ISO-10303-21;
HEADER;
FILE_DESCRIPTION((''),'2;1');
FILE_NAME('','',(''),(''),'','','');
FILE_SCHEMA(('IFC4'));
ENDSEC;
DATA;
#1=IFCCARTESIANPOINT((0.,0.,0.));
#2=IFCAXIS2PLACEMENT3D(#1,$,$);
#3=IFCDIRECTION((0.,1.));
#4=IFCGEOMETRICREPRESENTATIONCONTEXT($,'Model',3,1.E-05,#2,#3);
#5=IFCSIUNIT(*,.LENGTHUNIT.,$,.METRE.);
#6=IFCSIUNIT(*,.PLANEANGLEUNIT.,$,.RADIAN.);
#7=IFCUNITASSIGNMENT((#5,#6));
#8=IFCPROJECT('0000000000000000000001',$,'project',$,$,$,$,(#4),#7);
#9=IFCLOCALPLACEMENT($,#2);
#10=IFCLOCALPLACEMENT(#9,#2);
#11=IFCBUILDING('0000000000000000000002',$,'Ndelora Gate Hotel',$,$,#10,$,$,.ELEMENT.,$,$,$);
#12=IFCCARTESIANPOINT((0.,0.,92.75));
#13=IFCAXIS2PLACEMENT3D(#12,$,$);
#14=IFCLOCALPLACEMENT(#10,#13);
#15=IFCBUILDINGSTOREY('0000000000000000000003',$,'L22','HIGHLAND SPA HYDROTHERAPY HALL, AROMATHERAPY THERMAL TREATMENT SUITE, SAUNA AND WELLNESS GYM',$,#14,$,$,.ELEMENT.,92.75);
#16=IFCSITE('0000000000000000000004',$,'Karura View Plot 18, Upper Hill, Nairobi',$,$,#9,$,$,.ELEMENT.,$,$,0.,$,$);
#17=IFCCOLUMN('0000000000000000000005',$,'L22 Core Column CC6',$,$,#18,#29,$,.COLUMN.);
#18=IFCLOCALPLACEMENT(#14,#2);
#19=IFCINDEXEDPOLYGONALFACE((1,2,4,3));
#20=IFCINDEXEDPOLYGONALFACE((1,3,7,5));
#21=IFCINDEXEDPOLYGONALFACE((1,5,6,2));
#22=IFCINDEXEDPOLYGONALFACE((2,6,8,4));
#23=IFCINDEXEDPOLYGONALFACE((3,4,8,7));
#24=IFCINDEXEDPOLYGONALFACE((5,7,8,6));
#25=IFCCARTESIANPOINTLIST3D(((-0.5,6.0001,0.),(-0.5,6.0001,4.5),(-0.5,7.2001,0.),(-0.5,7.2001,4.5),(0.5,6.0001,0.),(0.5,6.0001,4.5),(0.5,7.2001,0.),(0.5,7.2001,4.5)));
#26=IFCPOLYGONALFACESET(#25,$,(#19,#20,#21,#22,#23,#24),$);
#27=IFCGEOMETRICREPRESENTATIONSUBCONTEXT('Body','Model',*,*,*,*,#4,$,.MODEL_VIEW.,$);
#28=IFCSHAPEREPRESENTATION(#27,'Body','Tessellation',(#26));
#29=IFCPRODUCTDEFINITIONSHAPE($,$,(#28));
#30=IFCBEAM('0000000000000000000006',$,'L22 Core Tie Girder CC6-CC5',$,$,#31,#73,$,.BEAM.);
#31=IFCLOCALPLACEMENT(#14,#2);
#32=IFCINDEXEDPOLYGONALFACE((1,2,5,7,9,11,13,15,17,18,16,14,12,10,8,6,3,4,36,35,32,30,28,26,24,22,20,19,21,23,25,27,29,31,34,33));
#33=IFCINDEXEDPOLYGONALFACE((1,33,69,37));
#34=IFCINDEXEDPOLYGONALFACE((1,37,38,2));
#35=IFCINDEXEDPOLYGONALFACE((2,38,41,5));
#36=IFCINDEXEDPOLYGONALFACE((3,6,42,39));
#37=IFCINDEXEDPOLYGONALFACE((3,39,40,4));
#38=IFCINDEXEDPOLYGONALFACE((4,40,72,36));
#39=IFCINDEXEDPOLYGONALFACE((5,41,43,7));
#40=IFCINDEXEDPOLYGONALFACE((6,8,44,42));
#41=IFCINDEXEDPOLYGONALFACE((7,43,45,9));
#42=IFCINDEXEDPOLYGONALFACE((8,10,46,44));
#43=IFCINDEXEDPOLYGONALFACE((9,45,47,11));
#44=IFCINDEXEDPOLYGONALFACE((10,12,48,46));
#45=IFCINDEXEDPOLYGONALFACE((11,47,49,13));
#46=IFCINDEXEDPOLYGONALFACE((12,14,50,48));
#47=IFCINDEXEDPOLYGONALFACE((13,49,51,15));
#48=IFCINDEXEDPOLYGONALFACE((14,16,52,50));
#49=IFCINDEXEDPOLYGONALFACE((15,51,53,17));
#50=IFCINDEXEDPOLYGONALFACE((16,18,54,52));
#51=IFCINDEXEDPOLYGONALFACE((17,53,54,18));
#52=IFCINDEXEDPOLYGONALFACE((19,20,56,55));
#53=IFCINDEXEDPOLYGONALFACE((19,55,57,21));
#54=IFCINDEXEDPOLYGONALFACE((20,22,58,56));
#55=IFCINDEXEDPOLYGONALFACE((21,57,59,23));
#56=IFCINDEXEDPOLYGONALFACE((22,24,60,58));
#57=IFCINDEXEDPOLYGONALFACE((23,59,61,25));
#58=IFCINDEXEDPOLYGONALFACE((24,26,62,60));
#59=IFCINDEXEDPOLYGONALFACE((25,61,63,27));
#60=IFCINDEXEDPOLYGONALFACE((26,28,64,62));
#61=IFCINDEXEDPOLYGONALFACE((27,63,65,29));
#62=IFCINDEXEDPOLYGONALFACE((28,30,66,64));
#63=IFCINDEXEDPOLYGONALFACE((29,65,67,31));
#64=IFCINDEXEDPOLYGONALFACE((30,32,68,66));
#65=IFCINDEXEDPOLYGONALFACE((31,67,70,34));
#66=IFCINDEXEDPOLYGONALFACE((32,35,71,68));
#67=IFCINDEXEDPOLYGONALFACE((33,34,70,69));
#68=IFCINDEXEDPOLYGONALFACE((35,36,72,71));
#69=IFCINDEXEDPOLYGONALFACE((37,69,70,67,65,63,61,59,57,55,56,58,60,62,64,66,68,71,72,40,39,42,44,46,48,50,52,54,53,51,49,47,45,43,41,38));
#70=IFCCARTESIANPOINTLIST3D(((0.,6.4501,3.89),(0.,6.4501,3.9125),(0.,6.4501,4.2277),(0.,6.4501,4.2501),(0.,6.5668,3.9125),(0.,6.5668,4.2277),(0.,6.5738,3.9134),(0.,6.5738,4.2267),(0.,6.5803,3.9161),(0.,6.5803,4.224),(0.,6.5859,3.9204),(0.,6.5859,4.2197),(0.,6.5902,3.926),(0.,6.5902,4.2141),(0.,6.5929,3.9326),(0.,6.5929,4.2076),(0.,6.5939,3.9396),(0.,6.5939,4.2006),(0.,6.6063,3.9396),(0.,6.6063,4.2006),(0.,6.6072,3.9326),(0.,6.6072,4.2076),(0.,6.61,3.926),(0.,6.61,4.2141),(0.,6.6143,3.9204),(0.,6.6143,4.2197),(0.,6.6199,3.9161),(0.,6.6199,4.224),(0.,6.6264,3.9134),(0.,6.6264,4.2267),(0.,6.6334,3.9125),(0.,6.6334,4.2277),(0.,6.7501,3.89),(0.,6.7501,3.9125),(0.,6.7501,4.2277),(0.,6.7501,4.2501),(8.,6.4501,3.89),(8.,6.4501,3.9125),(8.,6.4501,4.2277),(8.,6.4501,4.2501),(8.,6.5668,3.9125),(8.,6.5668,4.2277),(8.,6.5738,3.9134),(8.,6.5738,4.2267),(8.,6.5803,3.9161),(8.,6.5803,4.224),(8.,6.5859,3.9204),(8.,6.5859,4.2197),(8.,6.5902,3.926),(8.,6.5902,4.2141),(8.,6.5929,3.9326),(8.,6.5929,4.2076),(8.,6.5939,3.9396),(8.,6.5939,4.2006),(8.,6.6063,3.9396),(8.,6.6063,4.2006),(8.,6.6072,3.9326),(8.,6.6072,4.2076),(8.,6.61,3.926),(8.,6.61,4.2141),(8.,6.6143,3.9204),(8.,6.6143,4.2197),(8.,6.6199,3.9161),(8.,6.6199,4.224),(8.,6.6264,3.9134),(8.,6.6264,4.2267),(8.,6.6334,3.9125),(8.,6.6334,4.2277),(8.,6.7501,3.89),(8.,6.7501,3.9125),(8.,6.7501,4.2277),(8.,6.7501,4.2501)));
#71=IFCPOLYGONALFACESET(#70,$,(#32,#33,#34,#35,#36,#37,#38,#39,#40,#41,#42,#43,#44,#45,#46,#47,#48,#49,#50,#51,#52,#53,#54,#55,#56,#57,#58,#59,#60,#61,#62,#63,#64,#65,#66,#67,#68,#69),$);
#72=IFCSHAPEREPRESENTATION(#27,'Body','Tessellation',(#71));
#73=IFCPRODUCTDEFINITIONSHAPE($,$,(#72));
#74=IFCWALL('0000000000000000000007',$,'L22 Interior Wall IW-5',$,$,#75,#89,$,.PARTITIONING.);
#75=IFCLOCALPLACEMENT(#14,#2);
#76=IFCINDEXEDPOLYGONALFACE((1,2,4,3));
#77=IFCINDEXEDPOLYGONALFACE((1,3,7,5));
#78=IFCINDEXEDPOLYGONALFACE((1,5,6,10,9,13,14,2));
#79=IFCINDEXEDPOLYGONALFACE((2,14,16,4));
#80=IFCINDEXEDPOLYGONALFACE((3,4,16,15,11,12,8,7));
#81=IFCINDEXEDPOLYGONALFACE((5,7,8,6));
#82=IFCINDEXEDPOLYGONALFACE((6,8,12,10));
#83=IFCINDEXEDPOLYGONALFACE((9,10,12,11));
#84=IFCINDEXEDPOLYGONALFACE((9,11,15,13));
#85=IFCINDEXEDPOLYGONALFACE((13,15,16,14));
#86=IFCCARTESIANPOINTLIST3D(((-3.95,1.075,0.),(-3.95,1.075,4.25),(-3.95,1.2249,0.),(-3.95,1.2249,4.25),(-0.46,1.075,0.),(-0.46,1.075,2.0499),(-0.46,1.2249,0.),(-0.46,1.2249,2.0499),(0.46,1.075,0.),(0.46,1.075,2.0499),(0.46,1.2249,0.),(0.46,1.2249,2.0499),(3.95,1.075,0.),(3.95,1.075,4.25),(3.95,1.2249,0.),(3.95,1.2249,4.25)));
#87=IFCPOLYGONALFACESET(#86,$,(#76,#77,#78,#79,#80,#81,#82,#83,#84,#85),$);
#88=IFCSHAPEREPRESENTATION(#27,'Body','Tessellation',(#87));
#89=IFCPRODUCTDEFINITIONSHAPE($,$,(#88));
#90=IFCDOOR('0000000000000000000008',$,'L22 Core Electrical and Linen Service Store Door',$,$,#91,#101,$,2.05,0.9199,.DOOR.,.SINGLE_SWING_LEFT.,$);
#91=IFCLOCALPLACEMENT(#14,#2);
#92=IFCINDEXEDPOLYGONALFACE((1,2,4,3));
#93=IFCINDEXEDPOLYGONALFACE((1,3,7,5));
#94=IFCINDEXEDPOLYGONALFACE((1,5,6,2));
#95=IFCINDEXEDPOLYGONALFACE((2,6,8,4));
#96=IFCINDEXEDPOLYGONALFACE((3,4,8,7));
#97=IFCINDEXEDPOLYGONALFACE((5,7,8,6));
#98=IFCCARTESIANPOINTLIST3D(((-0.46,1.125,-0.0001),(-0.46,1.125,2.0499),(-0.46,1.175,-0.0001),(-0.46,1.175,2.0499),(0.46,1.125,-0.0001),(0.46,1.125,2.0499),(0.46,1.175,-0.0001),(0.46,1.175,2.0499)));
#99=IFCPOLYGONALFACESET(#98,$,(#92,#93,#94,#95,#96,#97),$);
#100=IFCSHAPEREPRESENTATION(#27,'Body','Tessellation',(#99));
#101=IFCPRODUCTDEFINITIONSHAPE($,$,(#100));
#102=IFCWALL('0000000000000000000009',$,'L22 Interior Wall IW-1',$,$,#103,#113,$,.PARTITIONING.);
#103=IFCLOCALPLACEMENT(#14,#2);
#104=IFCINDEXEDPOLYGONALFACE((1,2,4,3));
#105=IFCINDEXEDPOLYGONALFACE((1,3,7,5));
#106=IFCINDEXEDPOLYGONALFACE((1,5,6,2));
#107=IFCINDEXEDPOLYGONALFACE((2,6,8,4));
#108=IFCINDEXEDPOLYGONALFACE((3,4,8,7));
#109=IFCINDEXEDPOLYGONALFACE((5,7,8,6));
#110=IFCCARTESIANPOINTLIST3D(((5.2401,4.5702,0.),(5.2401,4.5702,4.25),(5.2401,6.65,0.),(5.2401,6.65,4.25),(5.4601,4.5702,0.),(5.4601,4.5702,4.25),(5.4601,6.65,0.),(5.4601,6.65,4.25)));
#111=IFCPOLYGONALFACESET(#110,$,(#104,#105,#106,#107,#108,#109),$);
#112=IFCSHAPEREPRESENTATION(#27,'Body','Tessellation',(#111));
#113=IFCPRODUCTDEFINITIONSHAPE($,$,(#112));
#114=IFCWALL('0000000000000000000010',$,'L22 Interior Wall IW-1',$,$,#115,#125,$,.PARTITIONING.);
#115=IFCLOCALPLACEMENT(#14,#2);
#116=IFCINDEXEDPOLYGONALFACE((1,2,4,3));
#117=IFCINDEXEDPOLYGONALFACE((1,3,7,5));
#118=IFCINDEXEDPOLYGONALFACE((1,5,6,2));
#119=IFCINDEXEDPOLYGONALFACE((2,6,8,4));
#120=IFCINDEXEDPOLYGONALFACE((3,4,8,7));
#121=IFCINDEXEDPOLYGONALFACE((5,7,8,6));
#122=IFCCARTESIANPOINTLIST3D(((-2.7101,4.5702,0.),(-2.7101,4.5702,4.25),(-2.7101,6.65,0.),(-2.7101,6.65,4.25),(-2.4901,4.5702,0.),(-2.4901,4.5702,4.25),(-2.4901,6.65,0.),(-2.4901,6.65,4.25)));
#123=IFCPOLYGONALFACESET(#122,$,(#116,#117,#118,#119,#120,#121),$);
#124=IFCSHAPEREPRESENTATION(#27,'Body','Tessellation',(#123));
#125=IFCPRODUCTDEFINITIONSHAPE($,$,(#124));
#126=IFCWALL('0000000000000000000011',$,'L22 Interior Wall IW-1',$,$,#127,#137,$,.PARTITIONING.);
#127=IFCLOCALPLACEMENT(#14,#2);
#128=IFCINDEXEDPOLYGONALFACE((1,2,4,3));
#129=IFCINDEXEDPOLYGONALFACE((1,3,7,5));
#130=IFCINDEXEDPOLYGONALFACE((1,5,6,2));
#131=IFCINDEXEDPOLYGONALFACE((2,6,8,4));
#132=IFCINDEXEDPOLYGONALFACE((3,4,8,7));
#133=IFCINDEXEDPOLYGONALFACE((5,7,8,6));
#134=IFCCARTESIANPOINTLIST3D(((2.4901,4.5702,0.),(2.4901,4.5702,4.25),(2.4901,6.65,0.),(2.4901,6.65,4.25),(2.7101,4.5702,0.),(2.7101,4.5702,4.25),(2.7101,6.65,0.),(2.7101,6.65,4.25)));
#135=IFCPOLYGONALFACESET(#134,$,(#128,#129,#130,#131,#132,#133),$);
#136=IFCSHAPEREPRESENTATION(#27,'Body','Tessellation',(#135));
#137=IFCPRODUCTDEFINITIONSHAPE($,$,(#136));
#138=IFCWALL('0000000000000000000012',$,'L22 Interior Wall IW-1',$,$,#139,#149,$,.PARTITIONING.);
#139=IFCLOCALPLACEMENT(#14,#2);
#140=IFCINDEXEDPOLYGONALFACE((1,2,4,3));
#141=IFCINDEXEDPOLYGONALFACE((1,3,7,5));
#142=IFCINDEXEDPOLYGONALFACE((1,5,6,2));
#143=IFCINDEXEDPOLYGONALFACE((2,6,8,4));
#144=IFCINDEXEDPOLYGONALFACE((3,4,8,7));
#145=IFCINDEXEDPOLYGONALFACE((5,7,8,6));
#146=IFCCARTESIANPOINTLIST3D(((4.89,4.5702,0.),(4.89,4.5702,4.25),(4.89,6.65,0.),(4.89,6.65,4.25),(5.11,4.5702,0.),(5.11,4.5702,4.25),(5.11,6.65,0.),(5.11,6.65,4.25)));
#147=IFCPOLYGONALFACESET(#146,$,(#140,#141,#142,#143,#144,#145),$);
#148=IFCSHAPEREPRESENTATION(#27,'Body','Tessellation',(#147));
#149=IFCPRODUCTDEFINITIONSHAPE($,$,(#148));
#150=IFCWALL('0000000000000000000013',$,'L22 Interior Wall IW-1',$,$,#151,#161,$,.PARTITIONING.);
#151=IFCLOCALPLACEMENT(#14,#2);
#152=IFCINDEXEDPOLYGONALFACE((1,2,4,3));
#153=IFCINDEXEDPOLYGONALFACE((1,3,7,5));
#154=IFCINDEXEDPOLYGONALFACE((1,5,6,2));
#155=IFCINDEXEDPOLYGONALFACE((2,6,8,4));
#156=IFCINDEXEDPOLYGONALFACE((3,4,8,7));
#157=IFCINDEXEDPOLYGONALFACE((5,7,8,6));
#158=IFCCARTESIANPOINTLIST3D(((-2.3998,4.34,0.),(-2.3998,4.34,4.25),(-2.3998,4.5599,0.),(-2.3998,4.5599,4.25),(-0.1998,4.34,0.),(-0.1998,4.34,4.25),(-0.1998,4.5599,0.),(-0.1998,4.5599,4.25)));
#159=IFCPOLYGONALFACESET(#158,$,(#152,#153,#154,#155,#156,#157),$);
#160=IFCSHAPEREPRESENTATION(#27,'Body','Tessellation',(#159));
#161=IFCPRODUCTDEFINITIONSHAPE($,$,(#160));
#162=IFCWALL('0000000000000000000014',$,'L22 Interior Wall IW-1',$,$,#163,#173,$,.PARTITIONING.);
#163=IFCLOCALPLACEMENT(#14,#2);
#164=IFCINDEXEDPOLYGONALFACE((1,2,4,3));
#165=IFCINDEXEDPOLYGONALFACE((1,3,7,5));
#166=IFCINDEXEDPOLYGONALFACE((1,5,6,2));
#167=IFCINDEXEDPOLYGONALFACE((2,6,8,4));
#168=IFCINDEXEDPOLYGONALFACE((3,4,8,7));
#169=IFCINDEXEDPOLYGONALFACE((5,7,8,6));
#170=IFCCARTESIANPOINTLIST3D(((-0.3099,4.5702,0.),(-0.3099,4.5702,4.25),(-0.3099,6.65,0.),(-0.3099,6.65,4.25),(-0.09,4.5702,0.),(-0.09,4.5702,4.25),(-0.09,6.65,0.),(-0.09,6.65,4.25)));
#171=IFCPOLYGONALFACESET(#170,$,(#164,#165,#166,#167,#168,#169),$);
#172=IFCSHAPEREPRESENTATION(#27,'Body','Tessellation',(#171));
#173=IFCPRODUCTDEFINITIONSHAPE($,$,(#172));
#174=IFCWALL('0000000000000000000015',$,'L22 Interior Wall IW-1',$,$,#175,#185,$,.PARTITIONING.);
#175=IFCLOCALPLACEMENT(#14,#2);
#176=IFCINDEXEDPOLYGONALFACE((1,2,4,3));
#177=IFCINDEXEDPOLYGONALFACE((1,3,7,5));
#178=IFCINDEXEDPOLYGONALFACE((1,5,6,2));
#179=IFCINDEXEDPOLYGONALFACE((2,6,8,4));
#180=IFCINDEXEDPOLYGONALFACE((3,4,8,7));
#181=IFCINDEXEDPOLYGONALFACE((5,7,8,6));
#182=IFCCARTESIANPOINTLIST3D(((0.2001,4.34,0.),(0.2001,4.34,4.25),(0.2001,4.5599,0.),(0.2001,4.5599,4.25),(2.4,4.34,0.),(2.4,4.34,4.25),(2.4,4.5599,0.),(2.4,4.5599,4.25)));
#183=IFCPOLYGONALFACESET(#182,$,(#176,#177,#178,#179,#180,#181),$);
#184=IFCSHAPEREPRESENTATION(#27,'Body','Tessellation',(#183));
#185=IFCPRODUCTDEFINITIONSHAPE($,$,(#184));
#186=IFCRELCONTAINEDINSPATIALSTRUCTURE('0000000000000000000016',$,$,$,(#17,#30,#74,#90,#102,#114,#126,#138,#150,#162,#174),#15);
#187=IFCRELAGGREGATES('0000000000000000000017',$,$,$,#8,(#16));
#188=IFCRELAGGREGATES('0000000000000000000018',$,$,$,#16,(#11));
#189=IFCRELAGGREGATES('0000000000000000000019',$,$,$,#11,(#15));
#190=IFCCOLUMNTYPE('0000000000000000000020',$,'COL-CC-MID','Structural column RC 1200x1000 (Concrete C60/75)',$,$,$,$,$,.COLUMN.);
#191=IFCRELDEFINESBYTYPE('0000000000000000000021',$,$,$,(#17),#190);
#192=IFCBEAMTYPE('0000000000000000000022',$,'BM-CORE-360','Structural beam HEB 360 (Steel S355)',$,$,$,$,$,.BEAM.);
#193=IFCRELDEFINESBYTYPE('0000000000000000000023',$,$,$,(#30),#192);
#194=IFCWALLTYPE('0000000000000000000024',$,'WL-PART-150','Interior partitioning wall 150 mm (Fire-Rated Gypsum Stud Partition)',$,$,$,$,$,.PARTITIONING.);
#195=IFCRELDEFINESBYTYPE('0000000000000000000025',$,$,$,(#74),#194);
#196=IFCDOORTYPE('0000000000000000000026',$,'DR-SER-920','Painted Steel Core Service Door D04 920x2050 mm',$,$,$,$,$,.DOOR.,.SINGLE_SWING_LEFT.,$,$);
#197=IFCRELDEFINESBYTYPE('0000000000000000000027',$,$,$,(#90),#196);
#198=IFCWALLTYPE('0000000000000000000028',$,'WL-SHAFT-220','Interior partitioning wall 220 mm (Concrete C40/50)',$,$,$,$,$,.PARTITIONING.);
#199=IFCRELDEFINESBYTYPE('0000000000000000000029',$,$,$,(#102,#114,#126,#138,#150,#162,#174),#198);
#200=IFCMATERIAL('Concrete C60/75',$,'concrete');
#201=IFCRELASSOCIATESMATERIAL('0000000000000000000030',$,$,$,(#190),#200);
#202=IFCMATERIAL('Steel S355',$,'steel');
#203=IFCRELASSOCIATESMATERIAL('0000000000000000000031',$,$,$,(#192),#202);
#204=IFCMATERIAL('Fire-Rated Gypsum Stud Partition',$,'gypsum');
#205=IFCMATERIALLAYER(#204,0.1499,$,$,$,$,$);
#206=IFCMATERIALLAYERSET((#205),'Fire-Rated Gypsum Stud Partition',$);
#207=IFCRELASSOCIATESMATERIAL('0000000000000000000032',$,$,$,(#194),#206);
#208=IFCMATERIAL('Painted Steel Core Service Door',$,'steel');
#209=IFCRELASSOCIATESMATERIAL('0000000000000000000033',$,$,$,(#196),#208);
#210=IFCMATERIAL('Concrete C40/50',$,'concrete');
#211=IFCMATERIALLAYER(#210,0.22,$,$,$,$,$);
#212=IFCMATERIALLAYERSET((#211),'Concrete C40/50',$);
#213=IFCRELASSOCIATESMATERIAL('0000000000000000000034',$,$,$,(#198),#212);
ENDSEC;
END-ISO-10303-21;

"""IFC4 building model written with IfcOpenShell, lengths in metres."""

from ifc_helpers import new_model, si_unit, direction, frame, frame_2d, origin, origin_2d, place, context, subcontext, project, spatial, rectangle, i_section, extrude, material, layer, layer_set, material_profile, profile_set, type_object, element, fill, save


model = new_model("IFC4")

# Units and contexts
model_context = context("Model", 3, precision=1e-05, world=origin(), true_north=direction((0.0, 1.0)))
body_context = subcontext(model_context, "Body", "Model", "MODEL_VIEW")
ifc_project = project(units=[si_unit("LENGTHUNIT", "METRE"), si_unit("PLANEANGLEUNIT", "RADIAN")], contexts=[model_context])

# Site, building, storey
site_placement = place(None, origin())
site = spatial("IfcSite", under=ifc_project, at=site_placement, Name="Karura View Plot 18, Upper Hill, Nairobi", CompositionType="ELEMENT", RefElevation=0.0)
building_placement = place(site_placement, origin())
building = spatial("IfcBuilding", under=site, at=building_placement, Name="Ndelora Gate Hotel", CompositionType="ELEMENT")
storey_placement = place(building_placement, frame((0.0, 0.0, 92.75)))
storey = spatial("IfcBuildingStorey", under=building, at=storey_placement, Name="L22", Description="HIGHLAND SPA HYDROTHERAPY HALL, AROMATHERAPY THERMAL TREATMENT SUITE, SAUNA AND WELLNESS GYM", CompositionType="ELEMENT", Elevation=92.75)

# Column
ifc_material_1 = material(Name="Concrete C60/75", Category="concrete")
ifc_material_profile_1 = material_profile(ifc_material_1, rectangle(XDim=1.0, YDim=1.2, at=origin_2d()), Name="RC 1200x1000")
ifc_profile_set_1 = profile_set([ifc_material_profile_1], Name="Concrete C60/75")
column_type = type_object("IfcColumnType", Name="COL-CC-MID", Description="Structural column RC 1200x1000 (Concrete C60/75)", PredefinedType="COLUMN", material=ifc_profile_set_1)
column_placement = place(storey_placement, frame((0.0, 6.6001, 0.0), z_axis=(0.0, 0.0, 1.0), x_axis=(1.0, 0.0, 0.0)))
element("IfcColumn", 1, at=column_placement, inside=storey, type_object=column_type, Name="L22 Core Column CC6", PredefinedType="COLUMN", context=body_context, shape_type="SweptSolid", body=[
    extrude(rectangle(XDim=1.0, YDim=1.2, at=origin_2d()), origin(), (0.0, 0.0, 1.0), 4.5),
])

# Beam
ifc_material_2 = material(Name="Steel S355", Category="steel")
ifc_material_profile_2 = material_profile(ifc_material_2, i_section(OverallWidth=0.3, OverallDepth=0.3601, WebThickness=0.0125, FlangeThickness=0.0225, FilletRadius=0.0271, at=origin_2d()), Name="HEB 360")
ifc_profile_set_2 = profile_set([ifc_material_profile_2], Name="Steel S355")
beam_type = type_object("IfcBeamType", Name="BM-CORE-360", Description="Structural beam HEB 360 (Steel S355)", PredefinedType="BEAM", material=ifc_profile_set_2)
beam_placement = place(storey_placement, frame((0.0, 6.6001, 4.0701), z_axis=(1.0, 0.0, 0.0), x_axis=(0.0, 1.0, 0.0)))
element("IfcBeam", 2, at=beam_placement, inside=storey, type_object=beam_type, Name="L22 Core Tie Girder CC6-CC5", PredefinedType="BEAM", context=body_context, shape_type="SweptSolid", body=[
    extrude(i_section(OverallWidth=0.3, OverallDepth=0.3601, WebThickness=0.0125, FlangeThickness=0.0225, FilletRadius=0.0271, at=origin_2d()), origin(), (0.0, 0.0, 1.0), 8.0),
])

# Wall, opening, door
ifc_material_3 = material(Name="Concrete C40/50", Category="concrete")
ifc_material_4 = material(Name="Fire-Rated Gypsum Stud Partition", Category="gypsum")
ifc_layer_1 = layer(ifc_material_4, 0.1499)
ifc_layer_set_1 = layer_set([ifc_layer_1], Name="Fire-Rated Gypsum Stud Partition")
wall_type_1 = type_object("IfcWallType", Name="WL-PART-150", Description="Interior partitioning wall 150 mm (Fire-Rated Gypsum Stud Partition)", PredefinedType="PARTITIONING", material=ifc_layer_set_1)
wall_1_placement = place(storey_placement, frame((3.95, 1.1499, 0.0), z_axis=(0.0, 0.0, 1.0), x_axis=(-1.0, 0.0, 0.0)))
wall_1 = element("IfcWall", 3, at=wall_1_placement, inside=storey, type_object=wall_type_1, Name="L22 Interior Wall IW-5", PredefinedType="PARTITIONING", context=body_context, shape_type="SweptSolid", body=[
    extrude(rectangle(XDim=7.8999, YDim=0.1499, at=frame_2d((3.95, 0.0))), origin(), (0.0, 0.0, 1.0), 4.25),
])
opening_1_placement = place(wall_1_placement, frame((3.49, 0.0, 0.0)))
opening_1 = element("IfcOpeningElement", 4, at=opening_1_placement, cuts=wall_1, PredefinedType="OPENING", context=body_context, shape_type="SweptSolid", body=[
    extrude(rectangle(XDim=0.9199, YDim=2.05, at=frame_2d((0.46, 1.0249))), frame((0.0, 0.085, 0.0), z_axis=(0.0, -1.0, 0.0), x_axis=(1.0, 0.0, 0.0)), (0.0, 0.0, 1.0), 0.1699),
])
ifc_material_5 = material(Name="Painted Steel Core Service Door", Category="steel")
door_type_1 = type_object("IfcDoorType", Name="DR-SER-920", Description="Painted Steel Core Service Door D04 920x2050 mm", OperationType="SINGLE_SWING_LEFT", PredefinedType="DOOR", material=ifc_material_5)
door_1_placement = place(opening_1_placement, origin())
door_1 = element("IfcDoor", 5, at=door_1_placement, inside=storey, type_object=door_type_1, Name="L22 Core Electrical and Linen Service Store Door", OperationType="SINGLE_SWING_LEFT", OverallHeight=2.05, OverallWidth=0.9199, PredefinedType="DOOR", context=body_context, shape_type="SweptSolid", body=[
    extrude(rectangle(XDim=0.9199, YDim=2.05, at=frame_2d((0.46, 1.0249))), frame((0.0, 0.0249, 0.0), z_axis=(0.0, -1.0, 0.0), x_axis=(1.0, 0.0, 0.0)), (0.0, 0.0, 1.0), 0.05),
])
fill(opening_1, door_1)
ifc_layer_2 = layer(ifc_material_3, 0.22)
ifc_layer_set_2 = layer_set([ifc_layer_2], Name="Concrete C40/50")
wall_type_2 = type_object("IfcWallType", Name="WL-SHAFT-220", Description="Interior partitioning wall 220 mm (Concrete C40/50)", PredefinedType="PARTITIONING", material=ifc_layer_set_2)

# Walls
for number, where, z_axis, x_axis, name in (
    (6, (5.3501, 4.5701, 0.0), (0.0, 0.0, 1.0), (0.0, 1.0, 0.0), "L22 Interior Wall IW-1"),
    (7, (-2.6001, 4.5701, 0.0), (0.0, 0.0, 1.0), (0.0, 1.0, 0.0), "L22 Interior Wall IW-1"),
):
    element("IfcWall", number, at=place(storey_placement, frame(where, z_axis=z_axis, x_axis=x_axis)), inside=storey, type_object=wall_type_2, Name=name, PredefinedType="PARTITIONING", context=body_context, shape_type="SweptSolid", body=[
        extrude(rectangle(XDim=2.0798, YDim=0.22, at=frame_2d((1.04, 0.0))), origin(), (0.0, 0.0, 1.0), 4.25),
    ])

# Walls
for number, where, z_axis, x_axis, name in (
    (8, (2.6001, 4.5701, 0.0), (0.0, 0.0, 1.0), (0.0, 1.0, 0.0), "L22 Interior Wall IW-1"),
    (9, (5.0, 4.5701, 0.0), (0.0, 0.0, 1.0), (0.0, 1.0, 0.0), "L22 Interior Wall IW-1"),
):
    element("IfcWall", number, at=place(storey_placement, frame(where, z_axis=z_axis, x_axis=x_axis)), inside=storey, type_object=wall_type_2, Name=name, PredefinedType="PARTITIONING", context=body_context, shape_type="SweptSolid", body=[
        extrude(rectangle(XDim=2.0798, YDim=0.22, at=frame_2d((1.04, 0.0))), origin(), (0.0, 0.0, 1.0), 4.25),
    ])
wall_2_placement = place(storey_placement, frame((-2.3999, 4.45, 0.0), z_axis=(0.0, 0.0, 1.0), x_axis=(1.0, 0.0, 0.0)))
element("IfcWall", 10, at=wall_2_placement, inside=storey, type_object=wall_type_2, Name="L22 Interior Wall IW-1", PredefinedType="PARTITIONING", context=body_context, shape_type="SweptSolid", body=[
    extrude(rectangle(XDim=2.2, YDim=0.22, at=frame_2d((1.1001, 0.0))), origin(), (0.0, 0.0, 1.0), 4.25),
])
wall_3_placement = place(storey_placement, frame((-0.2, 4.5701, 0.0), z_axis=(0.0, 0.0, 1.0), x_axis=(0.0, 1.0, 0.0)))
element("IfcWall", 11, at=wall_3_placement, inside=storey, type_object=wall_type_2, Name="L22 Interior Wall IW-1", PredefinedType="PARTITIONING", context=body_context, shape_type="SweptSolid", body=[
    extrude(rectangle(XDim=2.0798, YDim=0.22, at=frame_2d((1.04, 0.0))), origin(), (0.0, 0.0, 1.0), 4.25),
])
wall_4_placement = place(storey_placement, frame((0.2, 4.45, 0.0), z_axis=(0.0, 0.0, 1.0), x_axis=(1.0, 0.0, 0.0)))
element("IfcWall", 12, at=wall_4_placement, inside=storey, type_object=wall_type_2, Name="L22 Interior Wall IW-1", PredefinedType="PARTITIONING", context=body_context, shape_type="SweptSolid", body=[
    extrude(rectangle(XDim=2.2, YDim=0.22, at=frame_2d((1.1001, 0.0))), origin(), (0.0, 0.0, 1.0), 4.25),
])

save(model, "model.ifc")
